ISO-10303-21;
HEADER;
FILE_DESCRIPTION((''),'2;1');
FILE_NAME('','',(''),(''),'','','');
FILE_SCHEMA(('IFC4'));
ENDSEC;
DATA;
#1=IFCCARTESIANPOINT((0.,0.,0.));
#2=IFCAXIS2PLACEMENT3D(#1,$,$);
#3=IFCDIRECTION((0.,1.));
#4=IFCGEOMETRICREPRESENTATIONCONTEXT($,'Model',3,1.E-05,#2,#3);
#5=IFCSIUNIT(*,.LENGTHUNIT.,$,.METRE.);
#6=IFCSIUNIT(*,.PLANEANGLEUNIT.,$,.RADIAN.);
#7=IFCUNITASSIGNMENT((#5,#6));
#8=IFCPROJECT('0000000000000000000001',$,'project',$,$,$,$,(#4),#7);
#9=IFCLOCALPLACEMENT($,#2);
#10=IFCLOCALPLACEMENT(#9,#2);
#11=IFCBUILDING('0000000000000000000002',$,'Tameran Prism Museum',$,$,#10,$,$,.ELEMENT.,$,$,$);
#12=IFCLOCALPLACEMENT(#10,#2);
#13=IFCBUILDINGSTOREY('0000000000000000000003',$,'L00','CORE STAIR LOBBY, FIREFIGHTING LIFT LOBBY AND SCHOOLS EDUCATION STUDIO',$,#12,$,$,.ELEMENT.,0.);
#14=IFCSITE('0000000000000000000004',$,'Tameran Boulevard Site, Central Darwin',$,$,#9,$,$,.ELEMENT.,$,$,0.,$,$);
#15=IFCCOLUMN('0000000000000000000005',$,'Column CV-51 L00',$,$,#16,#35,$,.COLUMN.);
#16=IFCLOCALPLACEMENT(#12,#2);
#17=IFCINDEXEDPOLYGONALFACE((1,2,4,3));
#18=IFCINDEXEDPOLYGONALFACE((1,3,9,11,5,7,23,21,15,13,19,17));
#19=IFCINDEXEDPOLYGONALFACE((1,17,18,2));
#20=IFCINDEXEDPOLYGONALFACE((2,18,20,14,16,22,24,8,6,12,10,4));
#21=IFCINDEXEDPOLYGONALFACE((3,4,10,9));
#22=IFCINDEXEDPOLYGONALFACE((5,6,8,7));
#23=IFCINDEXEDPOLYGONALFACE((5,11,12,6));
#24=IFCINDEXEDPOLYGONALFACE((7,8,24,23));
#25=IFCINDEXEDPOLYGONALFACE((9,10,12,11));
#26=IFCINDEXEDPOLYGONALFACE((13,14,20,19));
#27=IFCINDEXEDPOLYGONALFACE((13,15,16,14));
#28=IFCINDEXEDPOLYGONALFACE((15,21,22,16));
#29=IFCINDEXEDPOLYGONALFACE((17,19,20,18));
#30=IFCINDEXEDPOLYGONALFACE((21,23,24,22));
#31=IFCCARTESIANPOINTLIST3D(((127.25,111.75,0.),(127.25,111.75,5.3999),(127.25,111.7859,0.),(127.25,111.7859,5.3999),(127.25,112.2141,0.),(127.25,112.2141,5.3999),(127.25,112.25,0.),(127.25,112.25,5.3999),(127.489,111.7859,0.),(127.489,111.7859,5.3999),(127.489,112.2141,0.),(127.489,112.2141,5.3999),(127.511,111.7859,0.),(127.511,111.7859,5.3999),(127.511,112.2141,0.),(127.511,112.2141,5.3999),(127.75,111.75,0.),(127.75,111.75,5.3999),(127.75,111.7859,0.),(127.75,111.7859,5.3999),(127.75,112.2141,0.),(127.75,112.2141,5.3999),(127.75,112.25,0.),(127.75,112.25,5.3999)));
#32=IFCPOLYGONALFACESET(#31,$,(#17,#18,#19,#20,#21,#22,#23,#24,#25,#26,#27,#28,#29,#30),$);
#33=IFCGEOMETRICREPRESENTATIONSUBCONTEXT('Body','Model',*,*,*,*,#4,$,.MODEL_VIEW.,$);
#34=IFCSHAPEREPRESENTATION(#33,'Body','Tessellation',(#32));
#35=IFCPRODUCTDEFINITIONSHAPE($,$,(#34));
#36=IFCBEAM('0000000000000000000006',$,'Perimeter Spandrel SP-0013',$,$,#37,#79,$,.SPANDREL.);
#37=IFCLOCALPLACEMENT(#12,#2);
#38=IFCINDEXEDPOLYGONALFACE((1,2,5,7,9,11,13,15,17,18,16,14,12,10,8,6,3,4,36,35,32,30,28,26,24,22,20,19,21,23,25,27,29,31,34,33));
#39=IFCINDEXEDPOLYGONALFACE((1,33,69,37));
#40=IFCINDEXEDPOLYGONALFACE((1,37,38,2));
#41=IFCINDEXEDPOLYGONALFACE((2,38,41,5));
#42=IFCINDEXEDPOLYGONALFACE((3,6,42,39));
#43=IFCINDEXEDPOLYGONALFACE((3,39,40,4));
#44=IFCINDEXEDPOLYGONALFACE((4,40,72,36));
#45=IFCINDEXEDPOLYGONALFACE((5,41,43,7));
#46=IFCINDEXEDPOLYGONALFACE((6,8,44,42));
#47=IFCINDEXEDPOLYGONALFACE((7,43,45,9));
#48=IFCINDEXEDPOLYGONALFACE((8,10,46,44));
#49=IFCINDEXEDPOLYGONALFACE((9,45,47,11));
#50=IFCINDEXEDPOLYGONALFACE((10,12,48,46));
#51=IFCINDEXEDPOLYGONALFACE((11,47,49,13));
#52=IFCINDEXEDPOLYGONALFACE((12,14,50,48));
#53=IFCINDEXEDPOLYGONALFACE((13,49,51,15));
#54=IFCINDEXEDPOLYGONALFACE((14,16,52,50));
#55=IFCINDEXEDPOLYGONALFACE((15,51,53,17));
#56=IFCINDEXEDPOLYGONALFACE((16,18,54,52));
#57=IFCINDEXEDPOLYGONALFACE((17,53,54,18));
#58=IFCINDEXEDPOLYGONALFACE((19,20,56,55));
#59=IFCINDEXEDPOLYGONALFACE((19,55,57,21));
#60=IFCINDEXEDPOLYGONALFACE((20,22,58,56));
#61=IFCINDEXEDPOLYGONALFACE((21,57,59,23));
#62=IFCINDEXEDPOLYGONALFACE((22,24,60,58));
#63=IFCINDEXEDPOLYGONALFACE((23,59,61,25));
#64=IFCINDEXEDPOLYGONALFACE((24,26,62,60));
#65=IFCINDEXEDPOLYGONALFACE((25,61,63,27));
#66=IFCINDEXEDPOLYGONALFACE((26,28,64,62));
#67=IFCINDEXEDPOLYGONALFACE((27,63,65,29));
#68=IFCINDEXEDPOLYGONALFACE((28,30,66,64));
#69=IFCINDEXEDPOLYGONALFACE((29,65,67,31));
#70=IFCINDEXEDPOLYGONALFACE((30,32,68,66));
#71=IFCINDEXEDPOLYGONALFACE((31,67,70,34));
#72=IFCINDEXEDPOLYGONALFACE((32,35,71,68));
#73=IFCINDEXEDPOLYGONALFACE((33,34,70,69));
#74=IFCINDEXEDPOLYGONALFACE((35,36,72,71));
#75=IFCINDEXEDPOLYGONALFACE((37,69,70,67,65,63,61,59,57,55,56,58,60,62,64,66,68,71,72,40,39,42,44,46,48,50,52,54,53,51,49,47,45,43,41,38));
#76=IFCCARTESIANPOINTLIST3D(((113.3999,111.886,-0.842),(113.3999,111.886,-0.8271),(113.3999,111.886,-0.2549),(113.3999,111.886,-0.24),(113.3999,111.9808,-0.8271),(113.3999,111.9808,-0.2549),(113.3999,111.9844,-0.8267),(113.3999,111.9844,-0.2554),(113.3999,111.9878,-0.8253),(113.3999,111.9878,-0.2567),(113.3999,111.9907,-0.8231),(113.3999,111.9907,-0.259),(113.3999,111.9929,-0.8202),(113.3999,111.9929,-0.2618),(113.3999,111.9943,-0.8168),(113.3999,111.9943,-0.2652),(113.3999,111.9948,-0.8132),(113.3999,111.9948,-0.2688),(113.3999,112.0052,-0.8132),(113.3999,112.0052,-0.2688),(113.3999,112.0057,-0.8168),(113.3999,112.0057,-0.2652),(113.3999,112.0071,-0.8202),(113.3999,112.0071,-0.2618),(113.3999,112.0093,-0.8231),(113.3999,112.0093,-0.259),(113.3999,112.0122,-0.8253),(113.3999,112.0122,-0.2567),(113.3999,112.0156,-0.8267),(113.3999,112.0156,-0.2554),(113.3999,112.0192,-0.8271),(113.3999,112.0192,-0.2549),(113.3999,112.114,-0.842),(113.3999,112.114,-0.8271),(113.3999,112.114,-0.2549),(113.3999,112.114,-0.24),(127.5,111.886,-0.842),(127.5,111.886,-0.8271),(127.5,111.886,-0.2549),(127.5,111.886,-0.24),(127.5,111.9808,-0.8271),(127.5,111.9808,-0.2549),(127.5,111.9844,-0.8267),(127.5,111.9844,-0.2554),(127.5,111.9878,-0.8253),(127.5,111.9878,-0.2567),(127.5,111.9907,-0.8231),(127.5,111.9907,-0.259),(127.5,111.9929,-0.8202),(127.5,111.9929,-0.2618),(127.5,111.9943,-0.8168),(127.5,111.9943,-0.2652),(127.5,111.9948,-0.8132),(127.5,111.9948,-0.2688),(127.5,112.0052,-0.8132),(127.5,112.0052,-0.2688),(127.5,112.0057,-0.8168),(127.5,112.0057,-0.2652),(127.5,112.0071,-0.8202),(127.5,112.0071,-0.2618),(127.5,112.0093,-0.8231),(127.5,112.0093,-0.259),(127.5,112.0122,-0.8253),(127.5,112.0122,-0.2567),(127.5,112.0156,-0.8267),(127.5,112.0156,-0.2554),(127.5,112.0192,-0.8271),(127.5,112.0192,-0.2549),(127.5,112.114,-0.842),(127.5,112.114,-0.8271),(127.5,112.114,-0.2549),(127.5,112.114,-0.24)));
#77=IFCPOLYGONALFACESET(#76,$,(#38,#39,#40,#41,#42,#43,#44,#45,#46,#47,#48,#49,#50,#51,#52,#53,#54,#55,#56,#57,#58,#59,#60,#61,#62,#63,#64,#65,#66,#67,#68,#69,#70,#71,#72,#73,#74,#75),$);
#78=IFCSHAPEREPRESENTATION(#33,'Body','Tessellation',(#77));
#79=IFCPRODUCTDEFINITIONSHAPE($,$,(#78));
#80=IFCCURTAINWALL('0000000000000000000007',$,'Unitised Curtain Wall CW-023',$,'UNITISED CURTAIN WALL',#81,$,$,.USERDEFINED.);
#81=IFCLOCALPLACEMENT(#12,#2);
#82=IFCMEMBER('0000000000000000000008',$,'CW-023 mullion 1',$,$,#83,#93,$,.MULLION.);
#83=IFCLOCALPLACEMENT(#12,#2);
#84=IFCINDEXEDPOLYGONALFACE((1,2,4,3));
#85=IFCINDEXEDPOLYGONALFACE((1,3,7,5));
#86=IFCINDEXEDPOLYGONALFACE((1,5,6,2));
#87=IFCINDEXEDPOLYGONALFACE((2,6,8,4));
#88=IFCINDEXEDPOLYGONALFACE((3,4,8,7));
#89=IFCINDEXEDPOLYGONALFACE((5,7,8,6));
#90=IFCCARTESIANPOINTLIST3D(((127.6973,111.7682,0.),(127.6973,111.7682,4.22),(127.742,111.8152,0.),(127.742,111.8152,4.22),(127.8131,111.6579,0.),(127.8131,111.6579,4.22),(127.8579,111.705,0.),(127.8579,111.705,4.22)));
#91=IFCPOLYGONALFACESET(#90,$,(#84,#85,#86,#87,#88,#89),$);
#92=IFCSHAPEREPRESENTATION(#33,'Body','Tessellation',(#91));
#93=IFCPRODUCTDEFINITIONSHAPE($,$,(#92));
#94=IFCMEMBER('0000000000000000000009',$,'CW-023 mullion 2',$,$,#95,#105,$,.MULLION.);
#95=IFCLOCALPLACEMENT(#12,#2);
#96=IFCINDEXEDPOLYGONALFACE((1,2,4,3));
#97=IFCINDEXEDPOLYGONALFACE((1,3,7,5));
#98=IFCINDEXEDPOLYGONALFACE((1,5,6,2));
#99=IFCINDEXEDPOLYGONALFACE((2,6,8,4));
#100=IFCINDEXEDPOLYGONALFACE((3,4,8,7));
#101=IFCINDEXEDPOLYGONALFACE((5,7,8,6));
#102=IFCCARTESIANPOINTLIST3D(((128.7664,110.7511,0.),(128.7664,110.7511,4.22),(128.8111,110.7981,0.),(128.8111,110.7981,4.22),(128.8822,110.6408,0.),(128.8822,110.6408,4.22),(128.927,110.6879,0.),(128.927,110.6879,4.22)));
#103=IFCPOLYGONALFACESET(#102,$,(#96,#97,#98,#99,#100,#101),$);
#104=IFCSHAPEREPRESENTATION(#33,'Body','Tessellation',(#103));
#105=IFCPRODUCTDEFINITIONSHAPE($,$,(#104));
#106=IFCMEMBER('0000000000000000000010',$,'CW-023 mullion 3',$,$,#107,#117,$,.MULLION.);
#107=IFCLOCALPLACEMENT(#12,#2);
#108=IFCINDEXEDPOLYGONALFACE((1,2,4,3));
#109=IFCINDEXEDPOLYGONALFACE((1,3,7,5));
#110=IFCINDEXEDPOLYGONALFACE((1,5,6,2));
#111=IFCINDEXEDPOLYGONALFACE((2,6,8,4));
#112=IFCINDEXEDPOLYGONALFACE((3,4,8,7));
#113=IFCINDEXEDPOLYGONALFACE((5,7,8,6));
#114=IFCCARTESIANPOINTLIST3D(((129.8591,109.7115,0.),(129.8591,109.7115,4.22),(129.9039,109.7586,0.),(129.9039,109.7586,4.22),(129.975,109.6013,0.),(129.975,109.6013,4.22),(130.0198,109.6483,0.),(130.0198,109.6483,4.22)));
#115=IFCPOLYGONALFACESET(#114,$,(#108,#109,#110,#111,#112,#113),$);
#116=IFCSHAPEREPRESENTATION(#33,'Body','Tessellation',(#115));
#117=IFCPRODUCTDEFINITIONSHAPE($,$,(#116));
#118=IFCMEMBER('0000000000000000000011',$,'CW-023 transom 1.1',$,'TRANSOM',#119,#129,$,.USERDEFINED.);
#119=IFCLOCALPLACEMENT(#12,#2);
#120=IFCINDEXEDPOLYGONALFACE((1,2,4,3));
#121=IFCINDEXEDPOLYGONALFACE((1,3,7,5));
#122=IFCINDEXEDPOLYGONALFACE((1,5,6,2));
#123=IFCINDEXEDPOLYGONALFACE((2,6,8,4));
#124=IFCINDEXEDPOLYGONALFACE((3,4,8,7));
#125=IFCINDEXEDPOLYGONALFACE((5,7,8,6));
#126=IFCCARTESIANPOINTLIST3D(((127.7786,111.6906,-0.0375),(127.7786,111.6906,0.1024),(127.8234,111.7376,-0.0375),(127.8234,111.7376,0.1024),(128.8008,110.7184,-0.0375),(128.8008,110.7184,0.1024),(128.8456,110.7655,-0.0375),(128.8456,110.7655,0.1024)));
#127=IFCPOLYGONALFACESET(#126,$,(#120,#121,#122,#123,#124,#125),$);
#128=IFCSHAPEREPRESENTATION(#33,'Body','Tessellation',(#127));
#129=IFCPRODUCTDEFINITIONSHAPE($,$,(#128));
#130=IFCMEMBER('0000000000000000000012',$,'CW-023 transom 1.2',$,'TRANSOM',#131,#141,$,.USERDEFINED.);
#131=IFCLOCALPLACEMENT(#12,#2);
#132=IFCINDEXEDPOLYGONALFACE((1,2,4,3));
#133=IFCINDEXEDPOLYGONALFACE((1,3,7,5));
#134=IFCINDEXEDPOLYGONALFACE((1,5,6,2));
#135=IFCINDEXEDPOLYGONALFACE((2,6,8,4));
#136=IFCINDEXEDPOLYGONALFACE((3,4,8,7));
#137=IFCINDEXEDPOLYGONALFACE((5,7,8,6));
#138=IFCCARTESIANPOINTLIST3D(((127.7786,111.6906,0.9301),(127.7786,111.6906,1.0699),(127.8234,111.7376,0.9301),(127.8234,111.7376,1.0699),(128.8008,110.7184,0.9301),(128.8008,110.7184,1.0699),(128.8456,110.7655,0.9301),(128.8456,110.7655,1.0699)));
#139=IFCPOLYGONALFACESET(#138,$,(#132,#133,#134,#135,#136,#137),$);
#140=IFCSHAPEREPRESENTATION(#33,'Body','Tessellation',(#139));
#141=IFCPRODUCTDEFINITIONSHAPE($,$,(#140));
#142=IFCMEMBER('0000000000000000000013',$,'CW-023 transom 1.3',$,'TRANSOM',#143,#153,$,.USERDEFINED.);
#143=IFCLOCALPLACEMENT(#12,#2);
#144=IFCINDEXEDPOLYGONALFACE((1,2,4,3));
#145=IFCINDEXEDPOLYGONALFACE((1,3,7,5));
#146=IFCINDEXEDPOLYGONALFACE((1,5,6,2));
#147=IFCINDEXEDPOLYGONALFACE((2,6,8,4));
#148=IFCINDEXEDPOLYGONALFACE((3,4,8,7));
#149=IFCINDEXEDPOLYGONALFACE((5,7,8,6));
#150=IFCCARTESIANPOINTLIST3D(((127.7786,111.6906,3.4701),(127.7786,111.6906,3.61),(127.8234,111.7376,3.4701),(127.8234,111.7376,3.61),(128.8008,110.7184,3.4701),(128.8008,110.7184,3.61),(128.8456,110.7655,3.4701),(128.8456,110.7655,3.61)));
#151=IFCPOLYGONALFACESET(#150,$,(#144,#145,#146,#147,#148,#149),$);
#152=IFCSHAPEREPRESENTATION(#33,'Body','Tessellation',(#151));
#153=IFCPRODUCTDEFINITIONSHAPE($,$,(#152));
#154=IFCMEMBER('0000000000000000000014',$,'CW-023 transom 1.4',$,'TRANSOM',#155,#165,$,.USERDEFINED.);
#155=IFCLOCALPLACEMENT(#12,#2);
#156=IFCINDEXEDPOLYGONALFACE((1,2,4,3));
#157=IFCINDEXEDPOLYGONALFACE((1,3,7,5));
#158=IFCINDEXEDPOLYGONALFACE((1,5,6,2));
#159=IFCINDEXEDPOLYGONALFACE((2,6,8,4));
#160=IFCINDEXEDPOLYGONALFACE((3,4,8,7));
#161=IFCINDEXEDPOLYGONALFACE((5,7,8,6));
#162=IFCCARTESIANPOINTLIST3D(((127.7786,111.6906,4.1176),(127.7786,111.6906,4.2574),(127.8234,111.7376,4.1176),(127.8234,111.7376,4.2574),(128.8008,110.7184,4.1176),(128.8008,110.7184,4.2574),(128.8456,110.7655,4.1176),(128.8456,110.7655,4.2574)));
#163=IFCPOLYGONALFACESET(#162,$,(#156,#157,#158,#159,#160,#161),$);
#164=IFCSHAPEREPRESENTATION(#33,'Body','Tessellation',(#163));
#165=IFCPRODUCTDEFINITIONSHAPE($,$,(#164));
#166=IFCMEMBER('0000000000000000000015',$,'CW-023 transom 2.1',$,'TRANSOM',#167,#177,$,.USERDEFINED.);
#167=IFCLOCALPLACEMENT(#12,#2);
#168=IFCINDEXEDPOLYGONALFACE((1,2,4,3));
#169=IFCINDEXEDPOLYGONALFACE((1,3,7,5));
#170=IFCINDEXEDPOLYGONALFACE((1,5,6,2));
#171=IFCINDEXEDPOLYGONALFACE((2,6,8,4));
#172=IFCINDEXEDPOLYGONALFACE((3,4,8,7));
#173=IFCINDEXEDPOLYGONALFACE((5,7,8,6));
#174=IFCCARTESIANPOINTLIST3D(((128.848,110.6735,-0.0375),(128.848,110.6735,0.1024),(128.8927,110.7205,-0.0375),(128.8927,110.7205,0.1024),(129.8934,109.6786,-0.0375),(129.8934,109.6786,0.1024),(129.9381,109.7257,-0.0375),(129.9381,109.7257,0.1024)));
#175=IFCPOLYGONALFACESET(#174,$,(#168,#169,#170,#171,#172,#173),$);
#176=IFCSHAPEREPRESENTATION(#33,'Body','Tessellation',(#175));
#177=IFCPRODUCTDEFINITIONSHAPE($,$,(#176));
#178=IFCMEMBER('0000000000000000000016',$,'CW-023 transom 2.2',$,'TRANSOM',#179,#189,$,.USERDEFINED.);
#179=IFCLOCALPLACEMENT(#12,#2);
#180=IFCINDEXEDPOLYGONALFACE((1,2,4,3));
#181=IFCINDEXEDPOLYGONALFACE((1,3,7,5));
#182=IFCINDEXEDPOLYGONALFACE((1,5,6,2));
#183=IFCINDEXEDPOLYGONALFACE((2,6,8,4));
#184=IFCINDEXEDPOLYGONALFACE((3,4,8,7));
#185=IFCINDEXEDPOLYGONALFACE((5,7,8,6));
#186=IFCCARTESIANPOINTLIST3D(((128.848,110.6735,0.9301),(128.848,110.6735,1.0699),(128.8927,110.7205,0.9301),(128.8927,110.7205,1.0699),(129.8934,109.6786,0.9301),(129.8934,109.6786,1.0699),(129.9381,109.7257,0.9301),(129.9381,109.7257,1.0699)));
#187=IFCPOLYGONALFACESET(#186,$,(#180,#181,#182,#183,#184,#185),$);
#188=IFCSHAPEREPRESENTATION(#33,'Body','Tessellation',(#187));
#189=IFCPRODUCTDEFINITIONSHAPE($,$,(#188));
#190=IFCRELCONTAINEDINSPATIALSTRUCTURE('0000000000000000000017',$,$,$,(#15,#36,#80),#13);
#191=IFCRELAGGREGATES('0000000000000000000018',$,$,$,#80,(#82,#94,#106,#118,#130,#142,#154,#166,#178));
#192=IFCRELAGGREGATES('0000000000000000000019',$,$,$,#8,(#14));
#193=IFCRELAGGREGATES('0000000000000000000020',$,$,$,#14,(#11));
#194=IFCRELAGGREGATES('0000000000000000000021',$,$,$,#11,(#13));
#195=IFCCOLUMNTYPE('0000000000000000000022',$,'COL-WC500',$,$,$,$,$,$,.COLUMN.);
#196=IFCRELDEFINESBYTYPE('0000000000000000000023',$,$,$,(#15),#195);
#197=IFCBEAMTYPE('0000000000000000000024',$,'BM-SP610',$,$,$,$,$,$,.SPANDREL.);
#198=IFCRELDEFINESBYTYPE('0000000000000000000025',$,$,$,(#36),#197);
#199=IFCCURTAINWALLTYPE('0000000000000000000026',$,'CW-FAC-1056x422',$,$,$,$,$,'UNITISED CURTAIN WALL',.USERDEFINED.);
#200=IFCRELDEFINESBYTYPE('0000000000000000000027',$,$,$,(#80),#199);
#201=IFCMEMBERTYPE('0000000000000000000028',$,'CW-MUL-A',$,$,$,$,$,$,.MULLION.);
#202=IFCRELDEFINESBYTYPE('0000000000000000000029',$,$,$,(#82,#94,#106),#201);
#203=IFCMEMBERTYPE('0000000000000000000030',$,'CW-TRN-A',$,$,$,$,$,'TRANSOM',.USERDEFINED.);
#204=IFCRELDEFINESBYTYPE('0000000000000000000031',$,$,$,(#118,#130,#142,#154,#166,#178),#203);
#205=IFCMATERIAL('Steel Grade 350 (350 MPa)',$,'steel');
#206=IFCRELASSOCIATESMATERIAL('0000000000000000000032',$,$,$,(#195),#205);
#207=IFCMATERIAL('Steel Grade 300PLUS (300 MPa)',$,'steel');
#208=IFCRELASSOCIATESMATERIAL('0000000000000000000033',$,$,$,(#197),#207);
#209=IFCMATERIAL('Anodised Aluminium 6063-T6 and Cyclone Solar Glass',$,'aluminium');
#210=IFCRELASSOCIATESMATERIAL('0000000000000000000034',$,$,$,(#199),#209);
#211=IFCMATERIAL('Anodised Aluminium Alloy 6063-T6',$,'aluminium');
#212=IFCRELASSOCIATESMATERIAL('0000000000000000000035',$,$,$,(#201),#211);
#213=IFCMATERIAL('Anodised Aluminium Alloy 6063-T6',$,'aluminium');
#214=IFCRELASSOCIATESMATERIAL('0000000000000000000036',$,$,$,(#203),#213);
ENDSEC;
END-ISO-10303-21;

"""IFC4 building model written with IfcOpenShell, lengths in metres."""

from ifc_helpers import new_model, si_unit, direction, frame, origin, origin_2d, place, context, subcontext, project, spatial, rectangle, i_section, extrude, material, material_profile, profile_set, type_object, element, aggregate, save


model = new_model("IFC4")

# Units and contexts
model_context = context("Model", 3, precision=1e-05, world=origin(), true_north=direction((0.0, 1.0)))
body_context = subcontext(model_context, "Body", "Model", "MODEL_VIEW")
ifc_project = project(units=[si_unit("LENGTHUNIT", "METRE"), si_unit("PLANEANGLEUNIT", "RADIAN")], contexts=[model_context])

# Site, building, storey
site_placement = place(None, origin())
site = spatial("IfcSite", under=ifc_project, at=site_placement, Name="Tameran Boulevard Site, Central Darwin", CompositionType="ELEMENT", RefElevation=0.0)
building_placement = place(site_placement, origin())
building = spatial("IfcBuilding", under=site, at=building_placement, Name="Tameran Prism Museum", CompositionType="ELEMENT")
storey_placement = place(building_placement, origin())
storey = spatial("IfcBuildingStorey", under=building, at=storey_placement, Name="L00", Description="CORE STAIR LOBBY, FIREFIGHTING LIFT LOBBY AND SCHOOLS EDUCATION STUDIO", CompositionType="ELEMENT", Elevation=0.0)

# Column
ifc_material_1 = material(Name="Steel Grade 350 (350 MPa)", Category="steel")
ifc_material_profile_1 = material_profile(ifc_material_1, i_section(OverallWidth=0.5, OverallDepth=0.5, WebThickness=0.022, FlangeThickness=0.0359, at=origin_2d()))
ifc_profile_set_1 = profile_set([ifc_material_profile_1])
column_type = type_object("IfcColumnType", Name="COL-WC500", PredefinedType="COLUMN", material=ifc_profile_set_1)
column_placement = place(storey_placement, frame((127.5, 112.0, 0.0), z_axis=(0.0, 0.0, 1.0), x_axis=(1.0, 0.0, 0.0)))
element("IfcColumn", 1, at=column_placement, inside=storey, type_object=column_type, Name="Column CV-51 L00", PredefinedType="COLUMN", context=body_context, shape_type="SweptSolid", body=[
    extrude(i_section(OverallWidth=0.5, OverallDepth=0.5, WebThickness=0.022, FlangeThickness=0.0359, at=origin_2d()), origin(), (0.0, 0.0, 1.0), 5.3999),
])

# Beam
ifc_material_2 = material(Name="Steel Grade 300PLUS (300 MPa)", Category="steel")
ifc_material_profile_2 = material_profile(ifc_material_2, i_section(OverallWidth=0.228, OverallDepth=0.6021, WebThickness=0.0105, FlangeThickness=0.0149, FilletRadius=0.0139, at=origin_2d()))
ifc_profile_set_2 = profile_set([ifc_material_profile_2])
beam_type = type_object("IfcBeamType", Name="BM-SP610", PredefinedType="SPANDREL", material=ifc_profile_set_2)
beam_placement = place(storey_placement, frame((127.5, 112.0, -0.541), z_axis=(-1.0, 0.0, 0.0), x_axis=(0.0, -1.0, 0.0)))
element("IfcBeam", 2, at=beam_placement, inside=storey, type_object=beam_type, Name="Perimeter Spandrel SP-0013", PredefinedType="SPANDREL", context=body_context, shape_type="SweptSolid", body=[
    extrude(i_section(OverallWidth=0.228, OverallDepth=0.6021, WebThickness=0.0105, FlangeThickness=0.0149, FilletRadius=0.0139, at=origin_2d()), origin(), (0.0, 0.0, 1.0), 14.1001),
])

# Curtain wall, members
ifc_material_3 = material(Name="Anodised Aluminium 6063-T6 and Cyclone Solar Glass", Category="aluminium")
curtain_wall_type = type_object("IfcCurtainWallType", Name="CW-FAC-1056x422", ElementType="UNITISED CURTAIN WALL", PredefinedType="USERDEFINED", material=ifc_material_3)
curtain_wall_placement = place(storey_placement, origin())
curtain_wall = element("IfcCurtainWall", 3, at=curtain_wall_placement, inside=storey, type_object=curtain_wall_type, Name="Unitised Curtain Wall CW-023", ObjectType="UNITISED CURTAIN WALL", PredefinedType="USERDEFINED")
ifc_material_4 = material(Name="Anodised Aluminium Alloy 6063-T6", Category="aluminium")
ifc_material_profile_3 = material_profile(ifc_material_4, rectangle(XDim=0.0649, YDim=0.1599, at=origin_2d()))
ifc_profile_set_3 = profile_set([ifc_material_profile_3])
member_type_1 = type_object("IfcMemberType", Name="CW-MUL-A", PredefinedType="MULLION", material=ifc_profile_set_3)
member_1_placement = place(storey_placement, frame((127.7776, 111.7366, 0.0), z_axis=(0.0, 0.0, 1.0), x_axis=(0.68927, 0.724505, 0.0)))
member_1 = element("IfcMember", 4, at=member_1_placement, type_object=member_type_1, Name="CW-023 mullion 1", PredefinedType="MULLION", context=body_context, shape_type="SweptSolid", body=[
    extrude(rectangle(XDim=0.0649, YDim=0.1599, at=origin_2d()), origin(), (0.0, 0.0, 1.0), 4.22),
])
member_2_placement = place(storey_placement, frame((128.8467, 110.7195, 0.0), z_axis=(0.0, 0.0, 1.0), x_axis=(0.68927, 0.724505, 0.0)))
member_2 = element("IfcMember", 5, at=member_2_placement, type_object=member_type_1, Name="CW-023 mullion 2", PredefinedType="MULLION", context=body_context, shape_type="SweptSolid", body=[
    extrude(rectangle(XDim=0.0649, YDim=0.1599, at=origin_2d()), origin(), (0.0, 0.0, 1.0), 4.22),
])
member_3_placement = place(storey_placement, frame((129.9395, 109.6799, 0.0), z_axis=(0.0, 0.0, 1.0), x_axis=(0.68927, 0.724505, 0.0)))
member_3 = element("IfcMember", 6, at=member_3_placement, type_object=member_type_1, Name="CW-023 mullion 3", PredefinedType="MULLION", context=body_context, shape_type="SweptSolid", body=[
    extrude(rectangle(XDim=0.0649, YDim=0.1599, at=origin_2d()), origin(), (0.0, 0.0, 1.0), 4.22),
])
ifc_material_5 = material(Name="Anodised Aluminium Alloy 6063-T6", Category="aluminium")
ifc_material_profile_4 = material_profile(ifc_material_5, rectangle(XDim=0.0649, YDim=0.1399, at=origin_2d()))
ifc_profile_set_4 = profile_set([ifc_material_profile_4])
member_type_2 = type_object("IfcMemberType", Name="CW-TRN-A", ElementType="TRANSOM", PredefinedType="USERDEFINED", material=ifc_profile_set_4)
member_4_placement = place(storey_placement, frame((127.801, 111.7141, 0.0325), z_axis=(0.724623, -0.689145, 0.0), x_axis=(0.689145, 0.724623, 0.0)))
member_4 = element("IfcMember", 7, at=member_4_placement, type_object=member_type_2, Name="CW-023 transom 1.1", ObjectType="TRANSOM", PredefinedType="USERDEFINED", context=body_context, shape_type="SweptSolid", body=[
    extrude(rectangle(XDim=0.0649, YDim=0.1399, at=origin_2d()), origin(), (0.0, 0.0, 1.0), 1.4106),
])
member_5_placement = place(storey_placement, frame((127.801, 111.7141, 1.0), z_axis=(0.724623, -0.689145, 0.0), x_axis=(0.689145, 0.724623, 0.0)))
member_5 = element("IfcMember", 8, at=member_5_placement, type_object=member_type_2, Name="CW-023 transom 1.2", ObjectType="TRANSOM", PredefinedType="USERDEFINED", context=body_context, shape_type="SweptSolid", body=[
    extrude(rectangle(XDim=0.0649, YDim=0.1399, at=origin_2d()), origin(), (0.0, 0.0, 1.0), 1.4106),
])
member_6_placement = place(storey_placement, frame((127.801, 111.7141, 3.54), z_axis=(0.724623, -0.689145, 0.0), x_axis=(0.689145, 0.724623, 0.0)))
member_6 = element("IfcMember", 9, at=member_6_placement, type_object=member_type_2, Name="CW-023 transom 1.3", ObjectType="TRANSOM", PredefinedType="USERDEFINED", context=body_context, shape_type="SweptSolid", body=[
    extrude(rectangle(XDim=0.0649, YDim=0.1399, at=origin_2d()), origin(), (0.0, 0.0, 1.0), 1.4106),
])
member_7_placement = place(storey_placement, frame((127.801, 111.7141, 4.1875), z_axis=(0.724623, -0.689145, 0.0), x_axis=(0.689145, 0.724623, 0.0)))
member_7 = element("IfcMember", 10, at=member_7_placement, type_object=member_type_2, Name="CW-023 transom 1.4", ObjectType="TRANSOM", PredefinedType="USERDEFINED", context=body_context, shape_type="SweptSolid", body=[
    extrude(rectangle(XDim=0.0649, YDim=0.1399, at=origin_2d()), origin(), (0.0, 0.0, 1.0), 1.4106),
])
member_8_placement = place(storey_placement, frame((128.8704, 110.697, 0.0325), z_axis=(0.724399, -0.689381, 0.0), x_axis=(0.689381, 0.724399, 0.0)))
member_8 = element("IfcMember", 11, at=member_8_placement, type_object=member_type_2, Name="CW-023 transom 2.1", ObjectType="TRANSOM", PredefinedType="USERDEFINED", context=body_context, shape_type="SweptSolid", body=[
    extrude(rectangle(XDim=0.0649, YDim=0.1399, at=origin_2d()), origin(), (0.0, 0.0, 1.0), 1.4431),
])
member_9_placement = place(storey_placement, frame((128.8704, 110.697, 1.0), z_axis=(0.724399, -0.689381, 0.0), x_axis=(0.689381, 0.724399, 0.0)))
member_9 = element("IfcMember", 12, at=member_9_placement, type_object=member_type_2, Name="CW-023 transom 2.2", ObjectType="TRANSOM", PredefinedType="USERDEFINED", context=body_context, shape_type="SweptSolid", body=[
    extrude(rectangle(XDim=0.0649, YDim=0.1399, at=origin_2d()), origin(), (0.0, 0.0, 1.0), 1.4431),
])
aggregate(curtain_wall, [member_1, member_2, member_3, member_4, member_5, member_6, member_7, member_8, member_9])

save(model, "model.ifc")
